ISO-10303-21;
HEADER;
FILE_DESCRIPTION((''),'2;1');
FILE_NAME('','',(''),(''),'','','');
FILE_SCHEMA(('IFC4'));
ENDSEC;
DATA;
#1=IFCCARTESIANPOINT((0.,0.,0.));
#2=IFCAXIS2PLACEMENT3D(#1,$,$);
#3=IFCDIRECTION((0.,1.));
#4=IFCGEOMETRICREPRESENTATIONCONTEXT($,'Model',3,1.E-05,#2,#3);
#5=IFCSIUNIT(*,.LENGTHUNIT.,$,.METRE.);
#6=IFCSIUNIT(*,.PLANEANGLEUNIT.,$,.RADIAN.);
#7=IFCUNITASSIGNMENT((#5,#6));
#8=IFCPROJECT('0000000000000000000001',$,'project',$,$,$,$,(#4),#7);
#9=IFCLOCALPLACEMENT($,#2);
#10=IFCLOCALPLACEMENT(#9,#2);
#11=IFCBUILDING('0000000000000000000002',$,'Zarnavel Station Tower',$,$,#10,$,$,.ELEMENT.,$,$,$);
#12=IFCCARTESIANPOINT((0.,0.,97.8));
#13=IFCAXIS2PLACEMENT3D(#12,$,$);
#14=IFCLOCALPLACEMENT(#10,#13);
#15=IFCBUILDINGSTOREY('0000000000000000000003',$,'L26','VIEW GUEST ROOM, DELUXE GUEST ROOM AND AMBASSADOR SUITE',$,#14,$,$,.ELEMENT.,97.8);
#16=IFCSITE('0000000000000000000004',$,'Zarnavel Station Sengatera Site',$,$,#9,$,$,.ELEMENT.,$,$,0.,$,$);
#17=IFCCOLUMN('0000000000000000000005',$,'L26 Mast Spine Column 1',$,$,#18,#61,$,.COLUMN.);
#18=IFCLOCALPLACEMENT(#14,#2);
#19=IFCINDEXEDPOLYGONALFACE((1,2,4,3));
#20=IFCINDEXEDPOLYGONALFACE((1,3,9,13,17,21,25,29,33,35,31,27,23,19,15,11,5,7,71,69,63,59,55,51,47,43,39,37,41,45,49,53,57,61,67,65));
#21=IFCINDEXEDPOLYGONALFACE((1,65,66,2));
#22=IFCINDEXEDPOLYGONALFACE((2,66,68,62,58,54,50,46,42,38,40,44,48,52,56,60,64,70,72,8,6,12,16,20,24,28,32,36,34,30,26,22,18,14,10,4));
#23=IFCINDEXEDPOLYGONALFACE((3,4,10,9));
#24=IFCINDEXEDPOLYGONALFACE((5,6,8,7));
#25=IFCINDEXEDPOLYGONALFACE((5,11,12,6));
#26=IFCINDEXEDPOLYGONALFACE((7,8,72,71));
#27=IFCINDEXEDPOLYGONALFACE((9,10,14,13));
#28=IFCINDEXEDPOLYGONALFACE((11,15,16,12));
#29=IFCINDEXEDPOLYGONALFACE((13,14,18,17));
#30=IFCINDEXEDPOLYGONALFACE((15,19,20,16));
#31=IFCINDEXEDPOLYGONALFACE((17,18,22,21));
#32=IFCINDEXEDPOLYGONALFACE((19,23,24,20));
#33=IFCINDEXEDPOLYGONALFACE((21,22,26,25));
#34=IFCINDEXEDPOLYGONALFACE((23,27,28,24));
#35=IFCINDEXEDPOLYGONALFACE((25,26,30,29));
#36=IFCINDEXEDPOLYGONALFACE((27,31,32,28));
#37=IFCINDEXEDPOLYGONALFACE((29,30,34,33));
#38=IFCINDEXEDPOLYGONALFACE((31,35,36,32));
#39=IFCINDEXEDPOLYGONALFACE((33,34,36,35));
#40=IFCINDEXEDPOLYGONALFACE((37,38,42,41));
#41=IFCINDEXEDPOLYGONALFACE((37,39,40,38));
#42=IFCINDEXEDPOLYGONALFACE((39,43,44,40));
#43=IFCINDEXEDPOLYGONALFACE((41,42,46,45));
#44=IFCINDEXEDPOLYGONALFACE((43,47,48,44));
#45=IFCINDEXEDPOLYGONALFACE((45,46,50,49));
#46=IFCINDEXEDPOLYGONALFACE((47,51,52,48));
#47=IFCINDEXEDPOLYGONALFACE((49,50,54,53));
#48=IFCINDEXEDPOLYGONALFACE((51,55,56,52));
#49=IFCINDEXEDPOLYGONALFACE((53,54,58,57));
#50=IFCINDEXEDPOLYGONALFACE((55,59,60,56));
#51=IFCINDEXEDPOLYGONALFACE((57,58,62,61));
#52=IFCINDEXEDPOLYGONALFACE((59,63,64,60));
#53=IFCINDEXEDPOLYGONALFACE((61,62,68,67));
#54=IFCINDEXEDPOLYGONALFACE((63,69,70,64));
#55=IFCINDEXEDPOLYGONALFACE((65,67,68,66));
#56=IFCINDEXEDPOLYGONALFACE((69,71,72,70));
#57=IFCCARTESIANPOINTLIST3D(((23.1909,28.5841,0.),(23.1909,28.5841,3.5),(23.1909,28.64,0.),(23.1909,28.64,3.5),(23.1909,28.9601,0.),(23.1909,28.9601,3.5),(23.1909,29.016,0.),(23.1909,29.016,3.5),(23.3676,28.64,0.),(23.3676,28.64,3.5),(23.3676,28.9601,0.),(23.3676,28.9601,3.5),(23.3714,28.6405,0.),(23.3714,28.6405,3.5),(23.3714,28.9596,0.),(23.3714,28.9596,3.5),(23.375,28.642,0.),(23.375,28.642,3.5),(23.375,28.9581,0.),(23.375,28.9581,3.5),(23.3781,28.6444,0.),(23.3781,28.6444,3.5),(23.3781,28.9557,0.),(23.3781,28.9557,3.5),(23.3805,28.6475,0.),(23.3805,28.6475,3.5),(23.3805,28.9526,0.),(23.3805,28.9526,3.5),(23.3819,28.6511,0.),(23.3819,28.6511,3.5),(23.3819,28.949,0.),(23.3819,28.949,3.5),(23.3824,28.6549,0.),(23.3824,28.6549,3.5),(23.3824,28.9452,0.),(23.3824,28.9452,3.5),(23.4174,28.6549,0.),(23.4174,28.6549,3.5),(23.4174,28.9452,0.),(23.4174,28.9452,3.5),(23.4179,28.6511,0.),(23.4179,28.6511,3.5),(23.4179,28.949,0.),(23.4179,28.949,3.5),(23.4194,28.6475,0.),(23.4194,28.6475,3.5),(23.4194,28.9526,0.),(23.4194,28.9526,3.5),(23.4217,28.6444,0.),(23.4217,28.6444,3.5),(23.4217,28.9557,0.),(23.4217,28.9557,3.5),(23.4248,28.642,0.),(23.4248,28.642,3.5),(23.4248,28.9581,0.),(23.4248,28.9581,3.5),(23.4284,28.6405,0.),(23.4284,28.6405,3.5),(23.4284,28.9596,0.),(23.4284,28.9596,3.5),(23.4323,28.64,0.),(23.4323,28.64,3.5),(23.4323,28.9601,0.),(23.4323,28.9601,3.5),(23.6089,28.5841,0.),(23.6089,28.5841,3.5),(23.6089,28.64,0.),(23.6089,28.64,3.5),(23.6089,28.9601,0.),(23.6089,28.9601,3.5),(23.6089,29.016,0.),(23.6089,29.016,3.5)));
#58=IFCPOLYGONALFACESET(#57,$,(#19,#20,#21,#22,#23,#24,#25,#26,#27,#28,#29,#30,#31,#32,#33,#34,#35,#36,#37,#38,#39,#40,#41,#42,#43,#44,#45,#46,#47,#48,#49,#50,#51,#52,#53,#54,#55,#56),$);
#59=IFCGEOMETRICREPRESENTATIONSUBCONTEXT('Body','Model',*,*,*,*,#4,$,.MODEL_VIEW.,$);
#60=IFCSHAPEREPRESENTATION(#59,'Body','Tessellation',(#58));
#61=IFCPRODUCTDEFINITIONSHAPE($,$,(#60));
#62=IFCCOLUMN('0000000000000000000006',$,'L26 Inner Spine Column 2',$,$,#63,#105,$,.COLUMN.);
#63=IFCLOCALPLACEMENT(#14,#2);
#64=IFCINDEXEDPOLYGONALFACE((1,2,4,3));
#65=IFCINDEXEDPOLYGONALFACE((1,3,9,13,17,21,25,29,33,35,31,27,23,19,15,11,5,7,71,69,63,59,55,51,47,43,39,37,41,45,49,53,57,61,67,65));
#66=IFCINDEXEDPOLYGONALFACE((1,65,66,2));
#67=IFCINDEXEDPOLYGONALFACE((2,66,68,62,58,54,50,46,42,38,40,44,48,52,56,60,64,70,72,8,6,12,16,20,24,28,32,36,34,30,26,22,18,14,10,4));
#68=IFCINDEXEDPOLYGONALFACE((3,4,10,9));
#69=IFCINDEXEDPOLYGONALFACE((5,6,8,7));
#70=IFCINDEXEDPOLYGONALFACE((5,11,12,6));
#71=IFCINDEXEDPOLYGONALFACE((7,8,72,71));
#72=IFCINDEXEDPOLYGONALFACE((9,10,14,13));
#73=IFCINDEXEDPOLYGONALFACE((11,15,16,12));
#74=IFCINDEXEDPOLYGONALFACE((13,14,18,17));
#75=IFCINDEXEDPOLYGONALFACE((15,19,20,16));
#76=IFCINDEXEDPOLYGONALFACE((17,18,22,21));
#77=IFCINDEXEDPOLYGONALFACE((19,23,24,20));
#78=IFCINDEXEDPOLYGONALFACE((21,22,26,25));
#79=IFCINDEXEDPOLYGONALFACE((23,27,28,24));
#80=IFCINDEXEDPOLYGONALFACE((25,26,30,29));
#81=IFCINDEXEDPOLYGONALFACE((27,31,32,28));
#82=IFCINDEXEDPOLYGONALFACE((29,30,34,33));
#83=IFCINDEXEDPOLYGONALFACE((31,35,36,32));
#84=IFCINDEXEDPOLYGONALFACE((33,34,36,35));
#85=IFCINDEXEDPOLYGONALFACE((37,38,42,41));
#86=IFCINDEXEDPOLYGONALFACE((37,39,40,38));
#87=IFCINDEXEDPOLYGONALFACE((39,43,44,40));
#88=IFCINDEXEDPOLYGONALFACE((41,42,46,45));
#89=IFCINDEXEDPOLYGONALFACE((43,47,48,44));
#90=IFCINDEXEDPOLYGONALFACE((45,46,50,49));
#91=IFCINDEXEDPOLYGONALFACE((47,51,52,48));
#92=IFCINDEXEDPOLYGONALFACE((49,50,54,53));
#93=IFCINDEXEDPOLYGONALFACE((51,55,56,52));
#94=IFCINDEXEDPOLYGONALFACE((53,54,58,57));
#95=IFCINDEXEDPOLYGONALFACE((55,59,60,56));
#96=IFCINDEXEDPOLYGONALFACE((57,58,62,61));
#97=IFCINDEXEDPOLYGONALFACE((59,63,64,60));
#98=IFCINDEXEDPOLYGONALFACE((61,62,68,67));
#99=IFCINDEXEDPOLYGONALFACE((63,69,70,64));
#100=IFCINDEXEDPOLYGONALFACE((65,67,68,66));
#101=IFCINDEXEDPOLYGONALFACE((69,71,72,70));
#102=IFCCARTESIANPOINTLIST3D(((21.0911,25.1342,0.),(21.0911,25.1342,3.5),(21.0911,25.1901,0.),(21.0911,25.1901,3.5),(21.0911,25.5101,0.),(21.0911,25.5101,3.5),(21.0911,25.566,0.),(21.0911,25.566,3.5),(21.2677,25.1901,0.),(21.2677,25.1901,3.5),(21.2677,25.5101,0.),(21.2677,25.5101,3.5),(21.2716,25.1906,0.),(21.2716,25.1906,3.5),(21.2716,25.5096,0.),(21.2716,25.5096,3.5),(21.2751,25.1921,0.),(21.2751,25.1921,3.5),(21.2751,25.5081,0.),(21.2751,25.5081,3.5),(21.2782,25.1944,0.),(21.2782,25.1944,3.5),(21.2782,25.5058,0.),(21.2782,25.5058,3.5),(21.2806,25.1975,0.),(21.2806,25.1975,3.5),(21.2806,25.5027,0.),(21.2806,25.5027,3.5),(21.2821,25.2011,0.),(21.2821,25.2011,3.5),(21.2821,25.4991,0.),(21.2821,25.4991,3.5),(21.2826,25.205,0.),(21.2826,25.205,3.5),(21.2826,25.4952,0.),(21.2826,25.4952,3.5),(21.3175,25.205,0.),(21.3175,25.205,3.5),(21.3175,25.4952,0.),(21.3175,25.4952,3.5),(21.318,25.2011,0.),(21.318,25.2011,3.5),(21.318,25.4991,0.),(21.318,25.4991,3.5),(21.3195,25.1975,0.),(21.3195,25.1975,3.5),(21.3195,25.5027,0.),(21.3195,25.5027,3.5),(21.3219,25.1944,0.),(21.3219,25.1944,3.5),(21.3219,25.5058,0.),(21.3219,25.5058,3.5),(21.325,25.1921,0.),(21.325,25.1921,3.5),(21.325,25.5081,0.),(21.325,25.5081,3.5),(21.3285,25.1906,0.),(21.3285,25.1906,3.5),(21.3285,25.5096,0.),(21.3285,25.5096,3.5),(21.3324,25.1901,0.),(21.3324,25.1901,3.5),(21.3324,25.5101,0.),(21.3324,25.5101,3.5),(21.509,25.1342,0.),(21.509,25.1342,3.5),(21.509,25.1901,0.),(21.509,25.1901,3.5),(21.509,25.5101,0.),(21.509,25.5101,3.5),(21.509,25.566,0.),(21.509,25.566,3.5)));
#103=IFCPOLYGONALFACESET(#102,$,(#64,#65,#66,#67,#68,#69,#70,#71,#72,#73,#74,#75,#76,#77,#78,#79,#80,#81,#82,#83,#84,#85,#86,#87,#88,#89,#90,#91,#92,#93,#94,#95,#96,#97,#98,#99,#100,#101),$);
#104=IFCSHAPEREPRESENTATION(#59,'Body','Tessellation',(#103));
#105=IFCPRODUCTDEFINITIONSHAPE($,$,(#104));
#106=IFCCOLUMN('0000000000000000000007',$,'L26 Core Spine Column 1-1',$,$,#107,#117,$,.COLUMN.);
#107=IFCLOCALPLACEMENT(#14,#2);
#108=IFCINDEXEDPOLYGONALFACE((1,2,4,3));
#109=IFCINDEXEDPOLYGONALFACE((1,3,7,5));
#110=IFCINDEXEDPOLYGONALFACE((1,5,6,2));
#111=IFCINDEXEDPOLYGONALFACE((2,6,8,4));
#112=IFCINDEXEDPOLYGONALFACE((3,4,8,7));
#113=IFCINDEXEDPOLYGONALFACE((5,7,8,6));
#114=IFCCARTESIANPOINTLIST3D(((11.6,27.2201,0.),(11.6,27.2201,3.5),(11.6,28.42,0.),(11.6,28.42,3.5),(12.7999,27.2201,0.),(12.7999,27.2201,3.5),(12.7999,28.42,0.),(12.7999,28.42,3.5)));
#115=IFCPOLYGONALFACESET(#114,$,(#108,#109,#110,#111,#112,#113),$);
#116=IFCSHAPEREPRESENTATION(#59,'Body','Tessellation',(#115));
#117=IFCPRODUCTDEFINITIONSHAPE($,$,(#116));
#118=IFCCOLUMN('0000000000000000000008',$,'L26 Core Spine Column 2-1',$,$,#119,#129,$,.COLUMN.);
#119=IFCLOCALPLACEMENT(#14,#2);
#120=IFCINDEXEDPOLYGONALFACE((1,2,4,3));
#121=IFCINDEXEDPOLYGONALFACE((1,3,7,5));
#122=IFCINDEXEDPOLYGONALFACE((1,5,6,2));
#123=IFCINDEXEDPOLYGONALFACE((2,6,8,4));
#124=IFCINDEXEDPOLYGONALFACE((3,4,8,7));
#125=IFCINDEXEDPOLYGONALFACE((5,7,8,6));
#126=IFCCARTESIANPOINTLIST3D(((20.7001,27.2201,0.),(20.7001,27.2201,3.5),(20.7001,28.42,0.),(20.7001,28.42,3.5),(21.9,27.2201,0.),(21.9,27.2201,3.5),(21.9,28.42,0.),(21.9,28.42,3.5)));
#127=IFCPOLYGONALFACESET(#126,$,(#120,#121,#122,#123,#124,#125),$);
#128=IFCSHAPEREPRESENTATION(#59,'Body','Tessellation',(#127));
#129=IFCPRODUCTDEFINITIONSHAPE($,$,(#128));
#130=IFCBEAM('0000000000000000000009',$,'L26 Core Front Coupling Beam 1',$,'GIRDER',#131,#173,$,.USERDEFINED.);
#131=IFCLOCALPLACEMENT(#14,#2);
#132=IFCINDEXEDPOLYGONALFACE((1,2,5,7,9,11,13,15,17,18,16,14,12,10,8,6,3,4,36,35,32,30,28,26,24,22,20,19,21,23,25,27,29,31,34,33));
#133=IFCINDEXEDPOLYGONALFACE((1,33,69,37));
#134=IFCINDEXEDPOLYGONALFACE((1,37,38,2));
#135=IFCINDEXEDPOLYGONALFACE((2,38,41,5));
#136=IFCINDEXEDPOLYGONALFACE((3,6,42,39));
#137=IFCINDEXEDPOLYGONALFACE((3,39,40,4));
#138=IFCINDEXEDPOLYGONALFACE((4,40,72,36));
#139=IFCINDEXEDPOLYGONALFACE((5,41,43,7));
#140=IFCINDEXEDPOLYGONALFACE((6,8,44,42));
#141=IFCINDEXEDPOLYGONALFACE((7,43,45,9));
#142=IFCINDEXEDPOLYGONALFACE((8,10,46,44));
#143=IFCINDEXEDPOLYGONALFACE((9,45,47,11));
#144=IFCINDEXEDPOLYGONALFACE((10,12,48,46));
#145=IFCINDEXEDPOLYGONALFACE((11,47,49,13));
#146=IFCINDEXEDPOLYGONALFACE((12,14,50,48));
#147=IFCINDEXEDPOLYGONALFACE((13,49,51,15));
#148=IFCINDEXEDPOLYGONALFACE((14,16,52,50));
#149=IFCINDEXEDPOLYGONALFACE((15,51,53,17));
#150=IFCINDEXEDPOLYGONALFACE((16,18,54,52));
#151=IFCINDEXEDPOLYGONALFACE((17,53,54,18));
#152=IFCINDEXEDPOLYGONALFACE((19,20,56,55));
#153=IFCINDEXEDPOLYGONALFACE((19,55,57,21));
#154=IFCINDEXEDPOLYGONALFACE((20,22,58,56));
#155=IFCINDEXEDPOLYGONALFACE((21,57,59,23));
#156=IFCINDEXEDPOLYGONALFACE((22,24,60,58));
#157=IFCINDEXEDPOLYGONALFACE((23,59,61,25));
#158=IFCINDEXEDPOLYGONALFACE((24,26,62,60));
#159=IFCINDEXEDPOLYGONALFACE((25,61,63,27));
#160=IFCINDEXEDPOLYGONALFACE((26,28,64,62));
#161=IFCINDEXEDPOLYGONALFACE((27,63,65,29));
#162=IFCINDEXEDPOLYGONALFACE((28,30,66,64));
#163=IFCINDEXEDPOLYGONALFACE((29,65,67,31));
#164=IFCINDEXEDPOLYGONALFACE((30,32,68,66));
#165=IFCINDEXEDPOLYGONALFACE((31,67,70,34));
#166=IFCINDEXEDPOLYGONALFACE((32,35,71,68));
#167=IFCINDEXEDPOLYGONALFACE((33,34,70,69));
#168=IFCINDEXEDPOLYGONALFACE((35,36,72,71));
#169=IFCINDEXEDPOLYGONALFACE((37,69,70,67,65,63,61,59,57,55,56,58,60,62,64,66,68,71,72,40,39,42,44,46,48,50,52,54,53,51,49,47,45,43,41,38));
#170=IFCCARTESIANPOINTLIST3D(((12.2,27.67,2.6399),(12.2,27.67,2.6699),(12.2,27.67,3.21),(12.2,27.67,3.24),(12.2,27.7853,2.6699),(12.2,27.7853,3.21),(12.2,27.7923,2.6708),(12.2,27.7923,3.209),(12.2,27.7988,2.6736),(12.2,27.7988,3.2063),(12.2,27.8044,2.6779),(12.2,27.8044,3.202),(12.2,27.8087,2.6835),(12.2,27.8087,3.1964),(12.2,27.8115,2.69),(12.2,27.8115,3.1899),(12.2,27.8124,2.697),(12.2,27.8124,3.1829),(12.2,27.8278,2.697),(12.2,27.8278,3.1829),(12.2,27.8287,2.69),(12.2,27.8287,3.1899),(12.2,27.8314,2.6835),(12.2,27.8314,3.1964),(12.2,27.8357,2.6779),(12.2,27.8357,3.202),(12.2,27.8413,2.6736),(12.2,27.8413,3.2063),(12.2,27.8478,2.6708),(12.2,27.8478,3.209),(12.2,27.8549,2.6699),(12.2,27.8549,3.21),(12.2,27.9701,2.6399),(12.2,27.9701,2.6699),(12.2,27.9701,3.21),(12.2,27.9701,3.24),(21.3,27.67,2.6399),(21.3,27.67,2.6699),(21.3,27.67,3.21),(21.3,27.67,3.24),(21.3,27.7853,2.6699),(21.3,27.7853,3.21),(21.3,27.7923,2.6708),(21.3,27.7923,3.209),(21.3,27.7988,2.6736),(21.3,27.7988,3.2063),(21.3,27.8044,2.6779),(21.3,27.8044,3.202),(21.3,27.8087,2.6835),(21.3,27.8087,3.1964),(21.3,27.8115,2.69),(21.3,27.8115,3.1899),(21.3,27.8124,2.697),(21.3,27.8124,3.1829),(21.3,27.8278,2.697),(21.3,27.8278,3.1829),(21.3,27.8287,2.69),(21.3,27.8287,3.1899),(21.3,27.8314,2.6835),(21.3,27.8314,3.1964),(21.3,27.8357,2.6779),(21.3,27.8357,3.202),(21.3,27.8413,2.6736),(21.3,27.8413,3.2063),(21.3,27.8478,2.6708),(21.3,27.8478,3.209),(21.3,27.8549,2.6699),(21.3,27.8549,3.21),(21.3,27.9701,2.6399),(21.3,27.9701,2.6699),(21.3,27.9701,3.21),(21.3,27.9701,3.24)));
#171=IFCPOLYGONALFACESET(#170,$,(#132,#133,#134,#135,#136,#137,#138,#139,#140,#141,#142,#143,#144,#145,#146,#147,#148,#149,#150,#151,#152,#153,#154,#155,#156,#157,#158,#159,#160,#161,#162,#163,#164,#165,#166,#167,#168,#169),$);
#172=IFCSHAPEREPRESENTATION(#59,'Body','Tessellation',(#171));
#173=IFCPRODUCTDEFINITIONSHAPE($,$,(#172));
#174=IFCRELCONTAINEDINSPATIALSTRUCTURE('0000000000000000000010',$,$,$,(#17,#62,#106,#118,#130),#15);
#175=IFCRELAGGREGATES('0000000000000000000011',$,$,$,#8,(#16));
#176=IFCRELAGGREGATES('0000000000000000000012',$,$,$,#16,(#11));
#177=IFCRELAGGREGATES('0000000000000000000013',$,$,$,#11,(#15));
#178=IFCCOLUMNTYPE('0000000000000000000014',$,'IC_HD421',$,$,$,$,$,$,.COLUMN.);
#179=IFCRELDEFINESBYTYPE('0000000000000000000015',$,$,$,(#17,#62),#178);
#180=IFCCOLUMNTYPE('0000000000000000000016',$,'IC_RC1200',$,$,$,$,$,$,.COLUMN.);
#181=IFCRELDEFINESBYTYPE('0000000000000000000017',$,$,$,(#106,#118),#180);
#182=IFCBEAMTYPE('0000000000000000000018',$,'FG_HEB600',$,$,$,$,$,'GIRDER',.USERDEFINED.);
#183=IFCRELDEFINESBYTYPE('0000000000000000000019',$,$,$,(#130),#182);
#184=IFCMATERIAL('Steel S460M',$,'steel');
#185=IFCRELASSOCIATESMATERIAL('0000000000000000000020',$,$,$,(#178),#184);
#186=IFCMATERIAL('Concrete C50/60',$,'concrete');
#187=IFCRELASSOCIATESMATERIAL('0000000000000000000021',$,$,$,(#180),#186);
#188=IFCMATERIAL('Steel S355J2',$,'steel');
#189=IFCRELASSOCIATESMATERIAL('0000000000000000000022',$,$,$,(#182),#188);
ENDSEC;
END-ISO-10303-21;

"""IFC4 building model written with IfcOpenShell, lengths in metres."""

from ifc_helpers import new_model, si_unit, direction, frame, origin, origin_2d, place, context, subcontext, project, spatial, rectangle, i_section, extrude, material, material_profile, profile_set, type_object, element, save


model = new_model("IFC4")

# Units and contexts
model_context = context("Model", 3, precision=1e-05, world=origin(), true_north=direction((0.0, 1.0)))
body_context = subcontext(model_context, "Body", "Model", "MODEL_VIEW")
ifc_project = project(units=[si_unit("LENGTHUNIT", "METRE"), si_unit("PLANEANGLEUNIT", "RADIAN")], contexts=[model_context])

# Site, building, storey
site_placement = place(None, origin())
site = spatial("IfcSite", under=ifc_project, at=site_placement, Name="Zarnavel Station Sengatera Site", CompositionType="ELEMENT", RefElevation=0.0)
building_placement = place(site_placement, origin())
building = spatial("IfcBuilding", under=site, at=building_placement, Name="Zarnavel Station Tower", CompositionType="ELEMENT")
storey_placement = place(building_placement, frame((0.0, 0.0, 97.8)))
storey = spatial("IfcBuildingStorey", under=building, at=storey_placement, Name="L26", Description="VIEW GUEST ROOM, DELUXE GUEST ROOM AND AMBASSADOR SUITE", CompositionType="ELEMENT", Elevation=97.8)

# Columns
ifc_material_1 = material(Name="Steel S460M", Category="steel")
ifc_material_profile_1 = material_profile(ifc_material_1, i_section(OverallWidth=0.418, OverallDepth=0.4319, WebThickness=0.0349, FlangeThickness=0.0559, FilletRadius=0.0149, at=origin_2d()), Name="HD400x421")
ifc_profile_set_1 = profile_set([ifc_material_profile_1], Name="Steel S460M")
column_type_1 = type_object("IfcColumnType", Name="IC_HD421", PredefinedType="COLUMN", material=ifc_profile_set_1)
for number, where, z_axis, x_axis, name in (
    (1, (23.3999, 28.8, 0.0), (0.0, 0.0, 1.0), (1.0, 0.0, 0.0), "L26 Mast Spine Column 1"),
    (2, (21.3, 25.3501, 0.0), (0.0, 0.0, 1.0), (1.0, 0.0, 0.0), "L26 Inner Spine Column 2"),
):
    element("IfcColumn", number, at=place(storey_placement, frame(where, z_axis=z_axis, x_axis=x_axis)), inside=storey, type_object=column_type_1, Name=name, PredefinedType="COLUMN", context=body_context, shape_type="SweptSolid", body=[
        extrude(i_section(OverallWidth=0.418, OverallDepth=0.4319, WebThickness=0.0349, FlangeThickness=0.0559, FilletRadius=0.0149, at=origin_2d()), origin(), (0.0, 0.0, 1.0), 3.5),
    ])
ifc_material_2 = material(Name="Concrete C50/60", Category="concrete")
ifc_material_profile_2 = material_profile(ifc_material_2, rectangle(XDim=1.2, YDim=1.2, at=origin_2d()), Name="RC1200x1200")
ifc_profile_set_2 = profile_set([ifc_material_profile_2], Name="Concrete C50/60")
column_type_2 = type_object("IfcColumnType", Name="IC_RC1200", PredefinedType="COLUMN", material=ifc_profile_set_2)
for number, where, z_axis, x_axis, name in (
    (3, (12.2, 27.8201, 0.0), (0.0, 0.0, 1.0), (1.0, 0.0, 0.0), "L26 Core Spine Column 1-1"),
    (4, (21.3, 27.8201, 0.0), (0.0, 0.0, 1.0), (1.0, 0.0, 0.0), "L26 Core Spine Column 2-1"),
):
    element("IfcColumn", number, at=place(storey_placement, frame(where, z_axis=z_axis, x_axis=x_axis)), inside=storey, type_object=column_type_2, Name=name, PredefinedType="COLUMN", context=body_context, shape_type="SweptSolid", body=[
        extrude(rectangle(XDim=1.2, YDim=1.2, at=origin_2d()), origin(), (0.0, 0.0, 1.0), 3.5),
    ])

# Beam
ifc_material_3 = material(Name="Steel S355J2", Category="steel")
ifc_material_profile_3 = material_profile(ifc_material_3, i_section(OverallWidth=0.3, OverallDepth=0.6001, WebThickness=0.0154, FlangeThickness=0.03, FilletRadius=0.0271, at=origin_2d()), Name="HEB600")
ifc_profile_set_3 = profile_set([ifc_material_profile_3], Name="Steel S355J2")
beam_type_1 = type_object("IfcBeamType", Name="FG_HEB600", ElementType="GIRDER", PredefinedType="USERDEFINED", material=ifc_profile_set_3)
beam_1_placement = place(storey_placement, frame((12.2, 27.8201, 2.9399), z_axis=(1.0, 0.0, 0.0), x_axis=(0.0, 1.0, 0.0)))
element("IfcBeam", 5, at=beam_1_placement, inside=storey, type_object=beam_type_1, Name="L26 Core Front Coupling Beam 1", ObjectType="GIRDER", PredefinedType="USERDEFINED", context=body_context, shape_type="SweptSolid", body=[
    extrude(i_section(OverallWidth=0.3, OverallDepth=0.6001, WebThickness=0.0154, FlangeThickness=0.03, FilletRadius=0.0271, at=origin_2d()), origin(), (0.0, 0.0, 1.0), 9.1001),
])

save(model, "model.ifc")
